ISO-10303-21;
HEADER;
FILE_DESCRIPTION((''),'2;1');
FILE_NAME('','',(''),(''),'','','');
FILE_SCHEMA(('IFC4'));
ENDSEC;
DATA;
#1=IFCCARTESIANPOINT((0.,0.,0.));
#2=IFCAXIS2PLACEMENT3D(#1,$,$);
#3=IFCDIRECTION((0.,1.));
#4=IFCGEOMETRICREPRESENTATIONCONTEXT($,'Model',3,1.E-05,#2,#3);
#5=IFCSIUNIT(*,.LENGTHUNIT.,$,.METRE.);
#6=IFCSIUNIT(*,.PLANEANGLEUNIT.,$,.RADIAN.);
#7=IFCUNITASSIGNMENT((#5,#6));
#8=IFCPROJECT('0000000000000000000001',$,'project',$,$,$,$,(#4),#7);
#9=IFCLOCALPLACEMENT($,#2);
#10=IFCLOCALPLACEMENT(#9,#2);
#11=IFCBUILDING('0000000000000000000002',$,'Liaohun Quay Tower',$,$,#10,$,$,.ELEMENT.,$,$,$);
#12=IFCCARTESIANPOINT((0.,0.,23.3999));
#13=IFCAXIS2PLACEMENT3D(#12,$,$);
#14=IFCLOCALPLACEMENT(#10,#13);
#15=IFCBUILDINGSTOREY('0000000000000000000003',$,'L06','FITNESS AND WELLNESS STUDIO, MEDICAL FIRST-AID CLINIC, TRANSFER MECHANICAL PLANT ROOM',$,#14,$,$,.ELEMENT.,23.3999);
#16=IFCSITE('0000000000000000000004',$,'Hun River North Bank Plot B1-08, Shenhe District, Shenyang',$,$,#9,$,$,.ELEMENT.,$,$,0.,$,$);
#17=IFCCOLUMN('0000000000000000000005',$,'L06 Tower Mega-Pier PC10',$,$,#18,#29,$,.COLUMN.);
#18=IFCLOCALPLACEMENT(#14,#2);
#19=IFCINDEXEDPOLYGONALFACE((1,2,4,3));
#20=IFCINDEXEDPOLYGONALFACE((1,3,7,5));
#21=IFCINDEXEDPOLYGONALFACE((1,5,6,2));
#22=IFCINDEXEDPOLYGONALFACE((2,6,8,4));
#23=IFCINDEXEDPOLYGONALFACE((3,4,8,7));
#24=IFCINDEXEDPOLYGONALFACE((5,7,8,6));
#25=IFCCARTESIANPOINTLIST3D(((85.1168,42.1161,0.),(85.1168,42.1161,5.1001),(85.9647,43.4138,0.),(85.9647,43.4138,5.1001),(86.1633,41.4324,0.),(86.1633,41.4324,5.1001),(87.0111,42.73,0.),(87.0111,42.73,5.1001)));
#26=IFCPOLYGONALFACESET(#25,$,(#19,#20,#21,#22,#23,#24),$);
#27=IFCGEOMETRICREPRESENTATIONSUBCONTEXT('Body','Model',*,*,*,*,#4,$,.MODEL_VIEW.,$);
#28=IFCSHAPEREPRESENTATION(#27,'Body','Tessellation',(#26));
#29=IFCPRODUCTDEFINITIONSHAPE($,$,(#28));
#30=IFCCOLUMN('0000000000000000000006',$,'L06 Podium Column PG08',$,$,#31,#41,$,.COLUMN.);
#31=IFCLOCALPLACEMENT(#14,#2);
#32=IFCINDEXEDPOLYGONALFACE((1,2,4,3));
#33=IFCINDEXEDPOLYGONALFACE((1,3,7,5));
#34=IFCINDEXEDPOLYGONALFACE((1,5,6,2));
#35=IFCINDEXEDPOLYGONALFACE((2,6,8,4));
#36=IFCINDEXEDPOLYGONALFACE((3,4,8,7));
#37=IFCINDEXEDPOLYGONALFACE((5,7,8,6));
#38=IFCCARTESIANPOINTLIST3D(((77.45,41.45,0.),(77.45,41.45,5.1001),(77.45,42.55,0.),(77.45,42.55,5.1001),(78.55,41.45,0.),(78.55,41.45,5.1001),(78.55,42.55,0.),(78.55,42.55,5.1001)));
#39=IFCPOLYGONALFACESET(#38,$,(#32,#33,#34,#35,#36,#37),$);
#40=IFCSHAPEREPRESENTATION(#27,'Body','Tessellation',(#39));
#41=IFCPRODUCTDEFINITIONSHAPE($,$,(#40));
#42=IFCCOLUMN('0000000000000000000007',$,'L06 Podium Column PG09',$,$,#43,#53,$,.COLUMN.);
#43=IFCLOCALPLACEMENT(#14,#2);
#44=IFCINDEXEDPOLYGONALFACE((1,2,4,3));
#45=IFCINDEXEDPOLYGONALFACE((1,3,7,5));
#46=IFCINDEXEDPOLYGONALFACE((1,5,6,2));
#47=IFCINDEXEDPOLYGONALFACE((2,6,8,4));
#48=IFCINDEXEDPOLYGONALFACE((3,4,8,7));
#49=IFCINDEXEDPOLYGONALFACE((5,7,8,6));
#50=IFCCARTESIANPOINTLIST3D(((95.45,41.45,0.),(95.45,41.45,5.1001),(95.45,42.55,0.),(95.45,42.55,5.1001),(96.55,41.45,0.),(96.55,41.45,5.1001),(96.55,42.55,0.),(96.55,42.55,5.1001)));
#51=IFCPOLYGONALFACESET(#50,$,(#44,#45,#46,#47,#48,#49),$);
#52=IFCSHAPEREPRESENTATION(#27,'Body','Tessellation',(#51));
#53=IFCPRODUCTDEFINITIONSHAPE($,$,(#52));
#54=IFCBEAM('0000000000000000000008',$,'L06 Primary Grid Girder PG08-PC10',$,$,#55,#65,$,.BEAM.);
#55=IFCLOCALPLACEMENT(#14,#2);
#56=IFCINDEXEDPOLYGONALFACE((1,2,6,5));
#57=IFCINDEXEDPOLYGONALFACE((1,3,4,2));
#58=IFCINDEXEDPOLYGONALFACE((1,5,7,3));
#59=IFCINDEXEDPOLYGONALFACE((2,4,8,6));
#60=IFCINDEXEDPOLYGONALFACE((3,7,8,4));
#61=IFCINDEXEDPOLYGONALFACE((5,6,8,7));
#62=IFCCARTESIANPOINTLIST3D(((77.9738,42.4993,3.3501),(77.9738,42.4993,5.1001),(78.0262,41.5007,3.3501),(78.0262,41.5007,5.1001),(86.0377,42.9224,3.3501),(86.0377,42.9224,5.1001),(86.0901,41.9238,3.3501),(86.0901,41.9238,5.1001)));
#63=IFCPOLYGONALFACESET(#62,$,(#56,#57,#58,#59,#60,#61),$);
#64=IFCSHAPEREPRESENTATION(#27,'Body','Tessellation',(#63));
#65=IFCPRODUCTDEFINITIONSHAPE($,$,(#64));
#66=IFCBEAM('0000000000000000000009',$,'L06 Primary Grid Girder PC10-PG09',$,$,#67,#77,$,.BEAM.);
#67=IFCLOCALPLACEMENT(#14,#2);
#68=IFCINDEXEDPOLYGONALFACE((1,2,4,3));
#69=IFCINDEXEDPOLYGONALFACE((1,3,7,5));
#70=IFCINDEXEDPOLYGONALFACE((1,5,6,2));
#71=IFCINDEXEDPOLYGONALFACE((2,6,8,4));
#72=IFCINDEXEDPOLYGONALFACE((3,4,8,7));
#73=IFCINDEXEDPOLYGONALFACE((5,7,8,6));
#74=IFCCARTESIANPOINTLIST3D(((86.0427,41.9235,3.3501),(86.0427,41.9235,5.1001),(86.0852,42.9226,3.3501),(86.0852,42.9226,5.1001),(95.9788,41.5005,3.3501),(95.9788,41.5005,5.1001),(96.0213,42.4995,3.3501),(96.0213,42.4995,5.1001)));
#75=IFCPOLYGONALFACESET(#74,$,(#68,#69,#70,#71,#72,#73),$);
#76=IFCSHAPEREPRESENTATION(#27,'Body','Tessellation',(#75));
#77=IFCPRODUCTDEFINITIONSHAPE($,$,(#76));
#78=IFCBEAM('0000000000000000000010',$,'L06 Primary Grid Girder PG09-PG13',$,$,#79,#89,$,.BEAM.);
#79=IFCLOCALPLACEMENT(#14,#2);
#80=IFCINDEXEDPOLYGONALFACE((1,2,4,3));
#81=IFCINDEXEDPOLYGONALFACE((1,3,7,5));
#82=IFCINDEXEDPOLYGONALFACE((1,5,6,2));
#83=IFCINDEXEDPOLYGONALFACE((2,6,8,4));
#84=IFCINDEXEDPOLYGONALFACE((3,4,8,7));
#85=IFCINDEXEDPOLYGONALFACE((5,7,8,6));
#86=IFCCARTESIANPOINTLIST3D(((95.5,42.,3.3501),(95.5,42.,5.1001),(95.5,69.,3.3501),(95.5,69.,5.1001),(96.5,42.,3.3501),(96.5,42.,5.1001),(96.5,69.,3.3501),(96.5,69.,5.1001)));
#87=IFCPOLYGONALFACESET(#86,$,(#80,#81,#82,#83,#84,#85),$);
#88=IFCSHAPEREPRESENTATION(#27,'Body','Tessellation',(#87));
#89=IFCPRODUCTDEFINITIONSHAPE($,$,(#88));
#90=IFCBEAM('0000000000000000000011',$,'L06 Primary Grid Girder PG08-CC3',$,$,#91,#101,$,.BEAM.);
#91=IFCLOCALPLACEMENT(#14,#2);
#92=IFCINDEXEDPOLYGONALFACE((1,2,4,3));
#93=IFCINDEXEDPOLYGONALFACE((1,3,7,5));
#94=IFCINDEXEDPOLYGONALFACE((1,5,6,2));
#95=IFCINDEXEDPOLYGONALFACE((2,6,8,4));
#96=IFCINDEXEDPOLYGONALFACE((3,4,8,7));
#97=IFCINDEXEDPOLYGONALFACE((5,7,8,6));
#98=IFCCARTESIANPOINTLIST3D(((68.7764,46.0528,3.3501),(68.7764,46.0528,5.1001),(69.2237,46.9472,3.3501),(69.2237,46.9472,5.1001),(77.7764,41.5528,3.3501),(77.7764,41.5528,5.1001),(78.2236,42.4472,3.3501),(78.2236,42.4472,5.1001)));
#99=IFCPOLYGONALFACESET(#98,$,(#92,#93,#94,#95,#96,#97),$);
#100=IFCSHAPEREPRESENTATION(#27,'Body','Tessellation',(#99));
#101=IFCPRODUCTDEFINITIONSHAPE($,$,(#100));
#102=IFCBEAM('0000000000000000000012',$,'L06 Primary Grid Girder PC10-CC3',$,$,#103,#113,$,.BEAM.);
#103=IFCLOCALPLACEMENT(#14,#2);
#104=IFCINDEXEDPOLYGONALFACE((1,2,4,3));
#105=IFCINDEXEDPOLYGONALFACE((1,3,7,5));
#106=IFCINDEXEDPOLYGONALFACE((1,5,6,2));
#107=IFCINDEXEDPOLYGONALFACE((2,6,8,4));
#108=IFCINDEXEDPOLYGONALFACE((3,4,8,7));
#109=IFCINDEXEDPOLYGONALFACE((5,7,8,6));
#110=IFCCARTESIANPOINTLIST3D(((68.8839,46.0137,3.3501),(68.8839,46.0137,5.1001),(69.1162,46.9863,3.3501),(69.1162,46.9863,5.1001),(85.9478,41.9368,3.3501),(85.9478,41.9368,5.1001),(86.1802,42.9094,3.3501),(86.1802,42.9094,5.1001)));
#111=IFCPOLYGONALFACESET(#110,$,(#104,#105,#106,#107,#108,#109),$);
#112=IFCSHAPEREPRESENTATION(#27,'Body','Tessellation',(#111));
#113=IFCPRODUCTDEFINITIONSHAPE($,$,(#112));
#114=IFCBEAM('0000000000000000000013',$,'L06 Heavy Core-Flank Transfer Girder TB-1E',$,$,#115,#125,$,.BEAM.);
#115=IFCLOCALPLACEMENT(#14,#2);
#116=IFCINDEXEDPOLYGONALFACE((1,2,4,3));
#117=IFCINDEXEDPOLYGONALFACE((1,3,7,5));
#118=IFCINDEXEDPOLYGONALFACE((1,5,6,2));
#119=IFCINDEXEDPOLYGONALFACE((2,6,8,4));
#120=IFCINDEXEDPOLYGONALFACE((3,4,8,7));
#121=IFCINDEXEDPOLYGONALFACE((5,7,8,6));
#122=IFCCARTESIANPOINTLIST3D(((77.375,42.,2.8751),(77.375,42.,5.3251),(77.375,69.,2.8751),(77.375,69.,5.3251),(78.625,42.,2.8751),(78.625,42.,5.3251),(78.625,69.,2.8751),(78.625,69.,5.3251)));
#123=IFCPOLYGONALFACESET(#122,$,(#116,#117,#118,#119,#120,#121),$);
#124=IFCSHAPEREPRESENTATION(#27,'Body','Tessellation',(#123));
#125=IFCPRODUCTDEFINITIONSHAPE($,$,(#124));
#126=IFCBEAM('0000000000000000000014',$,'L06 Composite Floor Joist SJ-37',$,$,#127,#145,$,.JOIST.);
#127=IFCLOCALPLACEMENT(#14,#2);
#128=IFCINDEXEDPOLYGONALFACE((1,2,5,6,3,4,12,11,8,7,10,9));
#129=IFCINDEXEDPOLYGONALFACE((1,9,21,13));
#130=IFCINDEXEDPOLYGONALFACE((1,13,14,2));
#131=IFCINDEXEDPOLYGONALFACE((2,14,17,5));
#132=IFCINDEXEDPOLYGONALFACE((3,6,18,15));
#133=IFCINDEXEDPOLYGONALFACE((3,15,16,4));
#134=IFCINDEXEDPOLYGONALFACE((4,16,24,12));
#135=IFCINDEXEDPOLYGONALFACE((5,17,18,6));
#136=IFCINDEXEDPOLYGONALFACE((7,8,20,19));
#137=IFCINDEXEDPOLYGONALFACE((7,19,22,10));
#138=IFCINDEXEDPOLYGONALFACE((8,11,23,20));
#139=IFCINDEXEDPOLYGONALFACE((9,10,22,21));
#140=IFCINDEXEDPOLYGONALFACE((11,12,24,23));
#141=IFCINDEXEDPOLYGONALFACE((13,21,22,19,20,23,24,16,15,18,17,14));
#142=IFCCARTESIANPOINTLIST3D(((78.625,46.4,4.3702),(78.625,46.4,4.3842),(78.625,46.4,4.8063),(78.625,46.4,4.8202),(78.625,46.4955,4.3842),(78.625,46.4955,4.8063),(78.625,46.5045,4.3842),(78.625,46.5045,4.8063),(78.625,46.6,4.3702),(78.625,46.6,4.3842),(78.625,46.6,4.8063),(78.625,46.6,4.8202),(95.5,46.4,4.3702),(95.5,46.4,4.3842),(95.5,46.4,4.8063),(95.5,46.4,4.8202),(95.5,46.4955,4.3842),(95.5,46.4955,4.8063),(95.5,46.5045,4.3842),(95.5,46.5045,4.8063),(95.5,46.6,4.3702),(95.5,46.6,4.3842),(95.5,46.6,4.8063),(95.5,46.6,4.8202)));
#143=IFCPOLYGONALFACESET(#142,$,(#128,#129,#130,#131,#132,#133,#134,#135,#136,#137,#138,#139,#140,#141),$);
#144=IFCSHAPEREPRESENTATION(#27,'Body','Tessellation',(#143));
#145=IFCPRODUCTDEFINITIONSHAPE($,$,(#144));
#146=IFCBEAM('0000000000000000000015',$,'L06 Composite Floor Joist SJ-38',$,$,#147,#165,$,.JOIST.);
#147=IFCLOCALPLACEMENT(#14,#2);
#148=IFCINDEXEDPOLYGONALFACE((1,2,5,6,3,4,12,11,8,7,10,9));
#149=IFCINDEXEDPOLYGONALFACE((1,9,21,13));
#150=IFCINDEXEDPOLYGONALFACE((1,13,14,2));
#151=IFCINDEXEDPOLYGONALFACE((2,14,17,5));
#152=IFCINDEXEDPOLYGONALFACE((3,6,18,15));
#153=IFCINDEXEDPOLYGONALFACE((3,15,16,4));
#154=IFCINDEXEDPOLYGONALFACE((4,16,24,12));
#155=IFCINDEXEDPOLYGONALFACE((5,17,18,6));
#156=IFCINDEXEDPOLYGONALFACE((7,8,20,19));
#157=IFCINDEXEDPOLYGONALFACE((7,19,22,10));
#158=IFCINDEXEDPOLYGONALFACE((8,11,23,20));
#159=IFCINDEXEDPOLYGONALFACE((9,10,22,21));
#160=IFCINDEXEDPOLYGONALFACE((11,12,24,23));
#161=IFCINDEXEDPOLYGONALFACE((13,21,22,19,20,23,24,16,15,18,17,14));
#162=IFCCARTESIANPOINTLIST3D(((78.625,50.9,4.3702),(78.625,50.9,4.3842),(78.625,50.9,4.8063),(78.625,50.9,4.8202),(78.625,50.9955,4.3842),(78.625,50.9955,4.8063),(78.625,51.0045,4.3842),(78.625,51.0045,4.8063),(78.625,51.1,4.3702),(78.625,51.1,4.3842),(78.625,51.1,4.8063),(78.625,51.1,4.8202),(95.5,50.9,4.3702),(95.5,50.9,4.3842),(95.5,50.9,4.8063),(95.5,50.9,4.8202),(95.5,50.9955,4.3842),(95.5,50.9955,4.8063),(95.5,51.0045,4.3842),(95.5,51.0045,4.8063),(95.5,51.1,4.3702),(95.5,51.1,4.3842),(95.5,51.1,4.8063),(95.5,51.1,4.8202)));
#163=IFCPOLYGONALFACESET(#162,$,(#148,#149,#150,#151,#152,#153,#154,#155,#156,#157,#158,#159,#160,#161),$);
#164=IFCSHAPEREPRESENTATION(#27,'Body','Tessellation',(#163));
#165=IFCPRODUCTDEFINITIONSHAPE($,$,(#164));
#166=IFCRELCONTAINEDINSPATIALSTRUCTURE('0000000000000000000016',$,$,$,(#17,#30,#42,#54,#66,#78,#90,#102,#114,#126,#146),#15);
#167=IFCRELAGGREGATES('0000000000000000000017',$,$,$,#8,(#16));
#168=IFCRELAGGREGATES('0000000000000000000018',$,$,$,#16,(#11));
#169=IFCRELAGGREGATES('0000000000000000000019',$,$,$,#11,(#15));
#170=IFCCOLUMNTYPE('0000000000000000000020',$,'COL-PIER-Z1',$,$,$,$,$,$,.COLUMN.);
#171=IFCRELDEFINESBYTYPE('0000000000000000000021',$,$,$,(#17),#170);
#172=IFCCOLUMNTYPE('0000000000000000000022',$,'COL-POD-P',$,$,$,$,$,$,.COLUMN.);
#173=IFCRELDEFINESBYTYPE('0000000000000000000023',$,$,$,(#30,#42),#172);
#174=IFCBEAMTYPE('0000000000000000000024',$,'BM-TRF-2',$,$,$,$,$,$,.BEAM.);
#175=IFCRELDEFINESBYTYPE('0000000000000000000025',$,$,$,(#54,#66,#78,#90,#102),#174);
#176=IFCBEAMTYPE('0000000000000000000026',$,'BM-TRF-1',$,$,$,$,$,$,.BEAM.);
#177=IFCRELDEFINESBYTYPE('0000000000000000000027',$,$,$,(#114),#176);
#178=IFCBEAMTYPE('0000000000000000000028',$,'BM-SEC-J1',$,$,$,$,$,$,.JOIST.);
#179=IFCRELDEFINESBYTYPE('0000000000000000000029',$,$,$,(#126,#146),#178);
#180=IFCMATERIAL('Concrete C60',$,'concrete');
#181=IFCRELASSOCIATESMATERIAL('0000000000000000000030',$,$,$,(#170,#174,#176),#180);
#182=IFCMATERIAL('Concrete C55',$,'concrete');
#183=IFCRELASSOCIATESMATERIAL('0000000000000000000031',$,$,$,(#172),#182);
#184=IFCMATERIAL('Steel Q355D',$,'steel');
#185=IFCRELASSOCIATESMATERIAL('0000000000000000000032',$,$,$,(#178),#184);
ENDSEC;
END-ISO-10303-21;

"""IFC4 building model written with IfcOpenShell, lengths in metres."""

from ifc_helpers import new_model, si_unit, direction, frame, origin, origin_2d, place, context, subcontext, project, spatial, rectangle, i_section, extrude, source, transform, mapped, material, material_profile, profile_set, type_object, element, save


model = new_model("IFC4")

# Units and contexts
model_context = context("Model", 3, precision=1e-05, world=origin(), true_north=direction((0.0, 1.0)))
body_context = subcontext(model_context, "Body", "Model", "MODEL_VIEW")
ifc_project = project(units=[si_unit("LENGTHUNIT", "METRE"), si_unit("PLANEANGLEUNIT", "RADIAN")], contexts=[model_context])

# Site, building, storey
site_placement = place(None, origin())
site = spatial("IfcSite", under=ifc_project, at=site_placement, Name="Hun River North Bank Plot B1-08, Shenhe District, Shenyang", CompositionType="ELEMENT", RefElevation=0.0)
building_placement = place(site_placement, origin())
building = spatial("IfcBuilding", under=site, at=building_placement, Name="Liaohun Quay Tower", CompositionType="ELEMENT")
storey_placement = place(building_placement, frame((0.0, 0.0, 23.3999)))
storey = spatial("IfcBuildingStorey", under=building, at=storey_placement, Name="L06", Description="FITNESS AND WELLNESS STUDIO, MEDICAL FIRST-AID CLINIC, TRANSFER MECHANICAL PLANT ROOM", CompositionType="ELEMENT", Elevation=23.3999)

# Columns
ifc_material_1 = material(Name="Concrete C60", Category="concrete")
ifc_material_profile_1 = material_profile(ifc_material_1, rectangle(XDim=1.55, YDim=1.25, at=origin_2d()), Name="RC1550x1250")
ifc_profile_set_1 = profile_set([ifc_material_profile_1], Name="Concrete C60")
column_type_1 = type_object("IfcColumnType", Name="COL-PIER-Z1", PredefinedType="COLUMN", material=ifc_profile_set_1)
shared_shape_1 = source(origin(), body_context, "Body", "SweptSolid", [
    extrude(rectangle(XDim=1.55, YDim=1.25, at=origin_2d()), origin(), (0.0, 0.0, 1.0), 5.1001),
])
column_placement = place(storey_placement, frame((86.064, 42.4231, 0.0), z_axis=(0.0, 0.0, 1.0), x_axis=(0.546979, 0.837146, 0.0)))
element("IfcColumn", 1, at=column_placement, inside=storey, type_object=column_type_1, Name="L06 Tower Mega-Pier PC10", PredefinedType="COLUMN", context=body_context, shape_type="MappedRepresentation", body=[
    mapped(shared_shape_1, transform((0.0, 0.0, 0.0), x_axis=(1.0, 0.0, 0.0), y_axis=(0.0, 1.0, 0.0), z_axis=(0.0, 0.0, 1.0), scale=1.0)),
])
ifc_material_2 = material(Name="Concrete C55", Category="concrete")
ifc_material_profile_2 = material_profile(ifc_material_2, rectangle(XDim=1.1001, YDim=1.1001, at=origin_2d()), Name="RC1100x1100")
ifc_profile_set_2 = profile_set([ifc_material_profile_2], Name="Concrete C55")
column_type_2 = type_object("IfcColumnType", Name="COL-POD-P", PredefinedType="COLUMN", material=ifc_profile_set_2)
shared_shape_2 = source(origin(), body_context, "Body", "SweptSolid", [
    extrude(rectangle(XDim=1.1001, YDim=1.1001, at=origin_2d()), origin(), (0.0, 0.0, 1.0), 5.1001),
])
for number, where, z_axis, x_axis, name in (
    (2, (78.0, 42.0, 0.0), (0.0, 0.0, 1.0), (1.0, 0.0, 0.0), "L06 Podium Column PG08"),
    (3, (96.0, 42.0, 0.0), (0.0, 0.0, 1.0), (1.0, 0.0, 0.0), "L06 Podium Column PG09"),
):
    element("IfcColumn", number, at=place(storey_placement, frame(where, z_axis=z_axis, x_axis=x_axis)), inside=storey, type_object=column_type_2, Name=name, PredefinedType="COLUMN", context=body_context, shape_type="MappedRepresentation", body=[
        mapped(shared_shape_2, transform((0.0, 0.0, 0.0), x_axis=(1.0, 0.0, 0.0), y_axis=(0.0, 1.0, 0.0), z_axis=(0.0, 0.0, 1.0), scale=1.0)),
    ])

# Beams
ifc_material_profile_3 = material_profile(ifc_material_1, rectangle(XDim=1.0, YDim=1.75, at=origin_2d()), Name="RC1000x1750")
ifc_profile_set_3 = profile_set([ifc_material_profile_3], Name="Concrete C60")
beam_type_1 = type_object("IfcBeamType", Name="BM-TRF-2", PredefinedType="BEAM", material=ifc_profile_set_3)
shared_shape_3 = source(origin(), body_context, "Body", "SweptSolid", [
    extrude(rectangle(XDim=1.0, YDim=1.75, at=origin_2d()), origin(), (0.0, 0.0, 1.0), 8.075),
])
beam_1_placement = place(storey_placement, frame((78.0, 42.0, 4.2251), z_axis=(0.998626, 0.052395, 0.0), x_axis=(-0.052395, 0.998626, 0.0)))
element("IfcBeam", 4, at=beam_1_placement, inside=storey, type_object=beam_type_1, Name="L06 Primary Grid Girder PG08-PC10", PredefinedType="BEAM", context=body_context, shape_type="MappedRepresentation", body=[
    mapped(shared_shape_3, transform((0.0, 0.0, 0.0), x_axis=(1.0, 0.0, 0.0), y_axis=(0.0, 1.0, 0.0), z_axis=(0.0, 0.0, 1.0), scale=1.0)),
])
shared_shape_4 = source(origin(), body_context, "Body", "SweptSolid", [
    extrude(rectangle(XDim=1.0, YDim=1.75, at=origin_2d()), origin(), (0.0, 0.0, 1.0), 9.9451),
])
beam_2_placement = place(storey_placement, frame((86.064, 42.4231, 4.2251), z_axis=(0.999095, -0.042543, 0.0), x_axis=(0.042543, 0.999095, 0.0)))
element("IfcBeam", 5, at=beam_2_placement, inside=storey, type_object=beam_type_1, Name="L06 Primary Grid Girder PC10-PG09", PredefinedType="BEAM", context=body_context, shape_type="MappedRepresentation", body=[
    mapped(shared_shape_4, transform((0.0, 0.0, 0.0), x_axis=(1.0, 0.0, 0.0), y_axis=(0.0, 1.0, 0.0), z_axis=(0.0, 0.0, 1.0), scale=1.0)),
])
shared_shape_5 = source(origin(), body_context, "Body", "SweptSolid", [
    extrude(rectangle(XDim=1.0, YDim=1.75, at=origin_2d()), origin(), (0.0, 0.0, 1.0), 27.0),
])
beam_3_placement = place(storey_placement, frame((96.0, 42.0, 4.2251), z_axis=(0.0, 1.0, 0.0), x_axis=(-1.0, 0.0, 0.0)))
element("IfcBeam", 6, at=beam_3_placement, inside=storey, type_object=beam_type_1, Name="L06 Primary Grid Girder PG09-PG13", PredefinedType="BEAM", context=body_context, shape_type="MappedRepresentation", body=[
    mapped(shared_shape_5, transform((0.0, 0.0, 0.0), x_axis=(1.0, 0.0, 0.0), y_axis=(0.0, 1.0, 0.0), z_axis=(0.0, 0.0, 1.0), scale=1.0)),
])
shared_shape_6 = source(origin(), body_context, "Body", "SweptSolid", [
    extrude(rectangle(XDim=1.0, YDim=1.75, at=origin_2d()), origin(), (0.0, 0.0, 1.0), 10.0623),
])
beam_4_placement = place(storey_placement, frame((78.0, 42.0, 4.2251), z_axis=(-0.894427, 0.447214, 0.0), x_axis=(-0.447214, -0.894427, 0.0)))
element("IfcBeam", 7, at=beam_4_placement, inside=storey, type_object=beam_type_1, Name="L06 Primary Grid Girder PG08-CC3", PredefinedType="BEAM", context=body_context, shape_type="MappedRepresentation", body=[
    mapped(shared_shape_6, transform((0.0, 0.0, 0.0), x_axis=(1.0, 0.0, 0.0), y_axis=(0.0, 1.0, 0.0), z_axis=(0.0, 0.0, 1.0), scale=1.0)),
])
shared_shape_7 = source(origin(), body_context, "Body", "SweptSolid", [
    extrude(rectangle(XDim=1.0, YDim=1.75, at=origin_2d()), origin(), (0.0, 0.0, 1.0), 17.5442),
])
beam_5_placement = place(storey_placement, frame((86.064, 42.4231, 4.2251), z_axis=(-0.972625, 0.232379, 0.0), x_axis=(-0.232379, -0.972625, 0.0)))
element("IfcBeam", 8, at=beam_5_placement, inside=storey, type_object=beam_type_1, Name="L06 Primary Grid Girder PC10-CC3", PredefinedType="BEAM", context=body_context, shape_type="MappedRepresentation", body=[
    mapped(shared_shape_7, transform((0.0, 0.0, 0.0), x_axis=(1.0, 0.0, 0.0), y_axis=(0.0, 1.0, 0.0), z_axis=(0.0, 0.0, 1.0), scale=1.0)),
])
ifc_material_profile_4 = material_profile(ifc_material_1, rectangle(XDim=1.25, YDim=2.45, at=origin_2d()), Name="RC1250x2450")
ifc_profile_set_4 = profile_set([ifc_material_profile_4], Name="Concrete C60")
beam_type_2 = type_object("IfcBeamType", Name="BM-TRF-1", PredefinedType="BEAM", material=ifc_profile_set_4)
shared_shape_8 = source(origin(), body_context, "Body", "SweptSolid", [
    extrude(rectangle(XDim=1.25, YDim=2.45, at=origin_2d()), origin(), (0.0, 0.0, 1.0), 27.0),
])
beam_6_placement = place(storey_placement, frame((78.0, 42.0, 4.1001), z_axis=(0.0, 1.0, 0.0), x_axis=(-1.0, 0.0, 0.0)))
element("IfcBeam", 9, at=beam_6_placement, inside=storey, type_object=beam_type_2, Name="L06 Heavy Core-Flank Transfer Girder TB-1E", PredefinedType="BEAM", context=body_context, shape_type="MappedRepresentation", body=[
    mapped(shared_shape_8, transform((0.0, 0.0, 0.0), x_axis=(1.0, 0.0, 0.0), y_axis=(0.0, 1.0, 0.0), z_axis=(0.0, 0.0, 1.0), scale=1.0)),
])
ifc_material_3 = material(Name="Steel Q355D", Category="steel")
ifc_material_profile_5 = material_profile(ifc_material_3, i_section(OverallWidth=0.2, OverallDepth=0.45, WebThickness=0.009, FlangeThickness=0.0139, at=origin_2d()), Name="HN450x200x9x14")
ifc_profile_set_5 = profile_set([ifc_material_profile_5], Name="Steel Q355D")
beam_type_3 = type_object("IfcBeamType", Name="BM-SEC-J1", PredefinedType="JOIST", material=ifc_profile_set_5)
shared_shape_9 = source(origin(), body_context, "Body", "SweptSolid", [
    extrude(i_section(OverallWidth=0.2, OverallDepth=0.45, WebThickness=0.009, FlangeThickness=0.0139, at=origin_2d()), origin(), (0.0, 0.0, 1.0), 16.875),
])
for number, where, z_axis, x_axis, name in (
    (10, (78.625, 46.5, 4.5952), (1.0, 0.0, 0.0), (0.0, 1.0, 0.0), "L06 Composite Floor Joist SJ-37"),
    (11, (78.625, 51.0, 4.5952), (1.0, 0.0, 0.0), (0.0, 1.0, 0.0), "L06 Composite Floor Joist SJ-38"),
):
    element("IfcBeam", number, at=place(storey_placement, frame(where, z_axis=z_axis, x_axis=x_axis)), inside=storey, type_object=beam_type_3, Name=name, PredefinedType="JOIST", context=body_context, shape_type="MappedRepresentation", body=[
        mapped(shared_shape_9, transform((0.0, 0.0, 0.0), x_axis=(1.0, 0.0, 0.0), y_axis=(0.0, 1.0, 0.0), z_axis=(0.0, 0.0, 1.0), scale=1.0)),
    ])

save(model, "model.ifc")
